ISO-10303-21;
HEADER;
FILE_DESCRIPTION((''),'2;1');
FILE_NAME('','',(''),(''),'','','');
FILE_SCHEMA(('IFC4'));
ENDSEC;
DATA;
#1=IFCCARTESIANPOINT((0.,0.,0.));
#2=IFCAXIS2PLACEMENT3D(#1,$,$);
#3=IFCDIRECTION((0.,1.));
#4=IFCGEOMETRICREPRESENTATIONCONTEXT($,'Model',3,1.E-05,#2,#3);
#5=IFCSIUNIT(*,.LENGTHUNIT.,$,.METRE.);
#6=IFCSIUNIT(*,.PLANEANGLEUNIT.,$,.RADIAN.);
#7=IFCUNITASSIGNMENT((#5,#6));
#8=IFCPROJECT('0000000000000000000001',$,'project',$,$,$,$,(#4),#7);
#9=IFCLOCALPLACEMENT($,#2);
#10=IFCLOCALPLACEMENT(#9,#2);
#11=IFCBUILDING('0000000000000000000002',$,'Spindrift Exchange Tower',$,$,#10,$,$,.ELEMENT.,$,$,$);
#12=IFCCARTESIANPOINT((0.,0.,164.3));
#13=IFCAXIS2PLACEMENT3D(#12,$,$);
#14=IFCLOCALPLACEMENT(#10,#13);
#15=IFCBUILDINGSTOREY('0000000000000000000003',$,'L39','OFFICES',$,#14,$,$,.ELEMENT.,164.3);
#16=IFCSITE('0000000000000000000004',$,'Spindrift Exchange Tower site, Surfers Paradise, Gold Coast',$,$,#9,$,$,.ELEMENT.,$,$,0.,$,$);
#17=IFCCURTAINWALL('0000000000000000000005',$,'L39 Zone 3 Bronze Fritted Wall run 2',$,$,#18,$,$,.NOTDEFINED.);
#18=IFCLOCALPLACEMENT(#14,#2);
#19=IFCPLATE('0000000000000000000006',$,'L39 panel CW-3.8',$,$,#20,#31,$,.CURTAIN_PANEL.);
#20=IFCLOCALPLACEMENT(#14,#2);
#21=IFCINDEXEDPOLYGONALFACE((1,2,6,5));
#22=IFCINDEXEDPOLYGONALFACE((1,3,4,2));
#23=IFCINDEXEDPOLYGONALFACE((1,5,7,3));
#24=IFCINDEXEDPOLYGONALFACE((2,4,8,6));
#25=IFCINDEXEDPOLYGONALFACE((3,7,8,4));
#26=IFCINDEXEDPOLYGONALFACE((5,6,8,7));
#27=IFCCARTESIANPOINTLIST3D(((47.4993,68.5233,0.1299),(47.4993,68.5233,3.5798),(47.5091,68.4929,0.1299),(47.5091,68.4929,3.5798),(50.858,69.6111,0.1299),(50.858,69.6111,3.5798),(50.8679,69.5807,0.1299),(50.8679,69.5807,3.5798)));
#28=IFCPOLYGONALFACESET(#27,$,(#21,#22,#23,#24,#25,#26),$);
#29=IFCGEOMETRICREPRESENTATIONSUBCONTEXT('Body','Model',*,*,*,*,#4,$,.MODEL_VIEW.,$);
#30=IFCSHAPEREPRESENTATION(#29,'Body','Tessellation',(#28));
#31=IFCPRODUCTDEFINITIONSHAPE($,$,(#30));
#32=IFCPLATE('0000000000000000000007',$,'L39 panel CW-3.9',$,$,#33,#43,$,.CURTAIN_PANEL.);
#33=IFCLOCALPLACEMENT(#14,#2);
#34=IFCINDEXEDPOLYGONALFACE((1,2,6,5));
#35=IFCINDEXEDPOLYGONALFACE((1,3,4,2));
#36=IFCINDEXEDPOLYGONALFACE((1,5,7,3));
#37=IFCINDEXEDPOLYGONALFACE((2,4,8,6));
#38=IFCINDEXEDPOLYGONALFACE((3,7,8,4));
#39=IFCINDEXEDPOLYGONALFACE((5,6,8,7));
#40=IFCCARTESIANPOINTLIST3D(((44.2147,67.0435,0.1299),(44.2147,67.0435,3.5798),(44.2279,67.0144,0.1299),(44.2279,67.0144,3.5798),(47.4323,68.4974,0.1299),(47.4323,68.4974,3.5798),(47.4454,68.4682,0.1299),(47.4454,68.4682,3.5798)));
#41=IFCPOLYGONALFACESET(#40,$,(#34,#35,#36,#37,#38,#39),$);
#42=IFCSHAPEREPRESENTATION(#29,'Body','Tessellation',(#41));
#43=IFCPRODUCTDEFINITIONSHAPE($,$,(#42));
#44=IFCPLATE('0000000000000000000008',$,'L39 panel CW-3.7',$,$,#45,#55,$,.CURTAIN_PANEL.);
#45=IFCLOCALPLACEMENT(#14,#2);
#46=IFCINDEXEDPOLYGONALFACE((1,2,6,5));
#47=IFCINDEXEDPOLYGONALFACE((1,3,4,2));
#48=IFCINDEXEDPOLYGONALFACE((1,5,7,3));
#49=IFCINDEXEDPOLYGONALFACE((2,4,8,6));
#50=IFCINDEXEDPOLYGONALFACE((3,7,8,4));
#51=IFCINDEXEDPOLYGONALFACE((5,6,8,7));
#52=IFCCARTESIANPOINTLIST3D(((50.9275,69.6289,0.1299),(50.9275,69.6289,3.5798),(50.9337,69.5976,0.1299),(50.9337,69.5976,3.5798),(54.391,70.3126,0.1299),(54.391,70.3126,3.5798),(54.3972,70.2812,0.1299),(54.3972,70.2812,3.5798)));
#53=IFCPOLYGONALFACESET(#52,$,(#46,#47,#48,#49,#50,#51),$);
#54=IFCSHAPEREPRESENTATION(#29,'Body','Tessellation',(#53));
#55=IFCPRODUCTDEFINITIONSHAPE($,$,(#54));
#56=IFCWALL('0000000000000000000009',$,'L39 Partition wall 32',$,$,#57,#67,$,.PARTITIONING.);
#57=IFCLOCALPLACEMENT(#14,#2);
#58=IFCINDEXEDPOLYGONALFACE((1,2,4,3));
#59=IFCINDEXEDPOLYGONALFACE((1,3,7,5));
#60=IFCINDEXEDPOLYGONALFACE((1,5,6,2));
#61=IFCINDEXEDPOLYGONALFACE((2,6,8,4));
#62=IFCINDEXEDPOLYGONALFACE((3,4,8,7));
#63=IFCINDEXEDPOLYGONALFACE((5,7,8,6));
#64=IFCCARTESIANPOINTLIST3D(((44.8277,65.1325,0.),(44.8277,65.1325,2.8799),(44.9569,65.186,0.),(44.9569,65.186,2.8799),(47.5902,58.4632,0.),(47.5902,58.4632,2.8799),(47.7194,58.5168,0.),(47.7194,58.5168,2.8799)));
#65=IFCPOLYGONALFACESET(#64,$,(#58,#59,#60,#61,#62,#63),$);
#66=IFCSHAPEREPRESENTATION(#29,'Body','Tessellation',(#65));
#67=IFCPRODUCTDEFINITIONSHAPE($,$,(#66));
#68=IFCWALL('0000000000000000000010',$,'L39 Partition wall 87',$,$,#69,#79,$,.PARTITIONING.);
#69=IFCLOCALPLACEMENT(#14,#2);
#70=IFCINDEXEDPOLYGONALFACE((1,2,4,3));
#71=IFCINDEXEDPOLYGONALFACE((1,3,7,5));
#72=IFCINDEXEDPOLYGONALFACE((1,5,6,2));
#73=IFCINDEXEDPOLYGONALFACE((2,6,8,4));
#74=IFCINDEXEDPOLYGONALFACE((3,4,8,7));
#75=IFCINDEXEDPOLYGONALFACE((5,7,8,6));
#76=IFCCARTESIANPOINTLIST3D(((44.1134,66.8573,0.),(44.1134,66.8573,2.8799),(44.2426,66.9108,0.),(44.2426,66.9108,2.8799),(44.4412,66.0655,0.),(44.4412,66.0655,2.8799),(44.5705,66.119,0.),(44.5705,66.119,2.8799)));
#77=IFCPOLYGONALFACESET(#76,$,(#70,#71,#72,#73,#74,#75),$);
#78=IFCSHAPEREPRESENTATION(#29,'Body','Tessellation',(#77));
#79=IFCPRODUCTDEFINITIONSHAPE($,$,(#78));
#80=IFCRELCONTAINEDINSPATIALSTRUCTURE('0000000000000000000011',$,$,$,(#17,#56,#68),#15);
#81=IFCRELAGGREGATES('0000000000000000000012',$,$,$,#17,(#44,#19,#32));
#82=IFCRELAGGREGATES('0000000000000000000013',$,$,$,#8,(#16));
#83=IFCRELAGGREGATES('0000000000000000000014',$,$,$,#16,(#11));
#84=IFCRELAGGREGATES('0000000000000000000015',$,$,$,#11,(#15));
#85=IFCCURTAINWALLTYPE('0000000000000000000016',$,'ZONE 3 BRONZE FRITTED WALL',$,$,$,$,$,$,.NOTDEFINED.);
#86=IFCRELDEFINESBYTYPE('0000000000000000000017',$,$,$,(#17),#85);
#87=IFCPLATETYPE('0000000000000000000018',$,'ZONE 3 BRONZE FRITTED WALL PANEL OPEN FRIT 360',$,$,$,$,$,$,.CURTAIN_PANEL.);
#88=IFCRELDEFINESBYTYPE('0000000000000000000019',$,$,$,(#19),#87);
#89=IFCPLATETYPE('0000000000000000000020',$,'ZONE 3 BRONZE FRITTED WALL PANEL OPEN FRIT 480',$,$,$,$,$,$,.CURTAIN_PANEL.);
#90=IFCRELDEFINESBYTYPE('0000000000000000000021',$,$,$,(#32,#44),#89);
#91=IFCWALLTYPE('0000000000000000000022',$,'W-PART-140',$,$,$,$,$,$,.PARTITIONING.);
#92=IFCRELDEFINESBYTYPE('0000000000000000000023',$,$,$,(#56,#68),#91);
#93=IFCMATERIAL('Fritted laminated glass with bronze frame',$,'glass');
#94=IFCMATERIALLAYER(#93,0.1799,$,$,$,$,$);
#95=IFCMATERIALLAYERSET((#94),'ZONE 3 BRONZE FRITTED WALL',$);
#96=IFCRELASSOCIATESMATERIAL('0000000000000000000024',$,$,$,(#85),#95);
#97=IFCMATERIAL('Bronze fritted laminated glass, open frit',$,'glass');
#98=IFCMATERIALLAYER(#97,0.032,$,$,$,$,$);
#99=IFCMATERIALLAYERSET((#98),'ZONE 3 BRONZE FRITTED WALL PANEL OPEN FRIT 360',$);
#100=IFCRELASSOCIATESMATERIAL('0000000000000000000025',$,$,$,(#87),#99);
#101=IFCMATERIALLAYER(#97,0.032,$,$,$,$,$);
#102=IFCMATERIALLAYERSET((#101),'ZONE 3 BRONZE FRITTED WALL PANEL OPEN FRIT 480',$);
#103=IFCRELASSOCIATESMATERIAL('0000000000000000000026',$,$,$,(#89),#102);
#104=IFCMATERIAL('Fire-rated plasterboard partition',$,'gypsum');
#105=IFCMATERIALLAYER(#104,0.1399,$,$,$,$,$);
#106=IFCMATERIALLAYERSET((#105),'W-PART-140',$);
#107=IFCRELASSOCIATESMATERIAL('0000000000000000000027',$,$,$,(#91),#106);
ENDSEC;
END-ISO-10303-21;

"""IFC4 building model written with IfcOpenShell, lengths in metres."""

from ifc_helpers import new_model, si_unit, direction, frame, frame_2d, origin, origin_2d, place, context, subcontext, project, spatial, rectangle, extrude, source, transform, mapped, material, layer, layer_set, type_object, element, aggregate, save


model = new_model("IFC4")

# Units and contexts
model_context = context("Model", 3, precision=1e-05, world=origin(), true_north=direction((0.0, 1.0)))
body_context = subcontext(model_context, "Body", "Model", "MODEL_VIEW")
ifc_project = project(units=[si_unit("LENGTHUNIT", "METRE"), si_unit("PLANEANGLEUNIT", "RADIAN")], contexts=[model_context])

# Site, building, storey
site_placement = place(None, origin())
site = spatial("IfcSite", under=ifc_project, at=site_placement, Name="Spindrift Exchange Tower site, Surfers Paradise, Gold Coast", CompositionType="ELEMENT", RefElevation=0.0)
building_placement = place(site_placement, origin())
building = spatial("IfcBuilding", under=site, at=building_placement, Name="Spindrift Exchange Tower", CompositionType="ELEMENT")
storey_placement = place(building_placement, frame((0.0, 0.0, 164.3)))
storey = spatial("IfcBuildingStorey", under=building, at=storey_placement, Name="L39", Description="OFFICES", CompositionType="ELEMENT", Elevation=164.3)

# Curtain wall, plates
ifc_material_1 = material(Name="Fritted laminated glass with bronze frame", Category="glass")
ifc_layer_1 = layer(ifc_material_1, 0.1799)
ifc_layer_set_1 = layer_set([ifc_layer_1], Name="ZONE 3 BRONZE FRITTED WALL")
curtain_wall_type = type_object("IfcCurtainWallType", Name="ZONE 3 BRONZE FRITTED WALL", PredefinedType="NOTDEFINED", material=ifc_layer_set_1)
curtain_wall_placement = place(storey_placement, origin())
curtain_wall = element("IfcCurtainWall", 1, at=curtain_wall_placement, inside=storey, type_object=curtain_wall_type, Name="L39 Zone 3 Bronze Fritted Wall run 2", PredefinedType="NOTDEFINED")
ifc_material_2 = material(Name="Bronze fritted laminated glass, open frit", Category="glass")
ifc_layer_2 = layer(ifc_material_2, 0.032)
ifc_layer_set_2 = layer_set([ifc_layer_2], Name="ZONE 3 BRONZE FRITTED WALL PANEL OPEN FRIT 360")
plate_type_1 = type_object("IfcPlateType", Name="ZONE 3 BRONZE FRITTED WALL PANEL OPEN FRIT 360", PredefinedType="CURTAIN_PANEL", material=ifc_layer_set_2)
shared_shape_1 = source(origin(), body_context, "Body", "SweptSolid", [
    extrude(rectangle(XDim=3.5305, YDim=0.032, at=origin_2d()), origin(), (0.0, 0.0, 1.0), 3.45),
])
plate_1_placement = place(storey_placement, frame((49.1836, 69.052, 0.1299), z_axis=(0.0, 0.0, 1.0), x_axis=(-0.951348, -0.308117, 0.0)))
plate_1 = element("IfcPlate", 2, at=plate_1_placement, type_object=plate_type_1, Name="L39 panel CW-3.8", PredefinedType="CURTAIN_PANEL", context=body_context, shape_type="MappedRepresentation", body=[
    mapped(shared_shape_1, transform((0.0, 0.0, 0.0), scale=1.0)),
])
ifc_layer_3 = layer(ifc_material_2, 0.032)
ifc_layer_set_3 = layer_set([ifc_layer_3], Name="ZONE 3 BRONZE FRITTED WALL PANEL OPEN FRIT 480")
plate_type_2 = type_object("IfcPlateType", Name="ZONE 3 BRONZE FRITTED WALL PANEL OPEN FRIT 480", PredefinedType="CURTAIN_PANEL", material=ifc_layer_set_3)
shared_shape_2 = source(origin(), body_context, "Body", "SweptSolid", [
    extrude(rectangle(XDim=3.5308, YDim=0.032, at=origin_2d()), origin(), (0.0, 0.0, 1.0), 3.45),
])
plate_2_placement = place(storey_placement, frame((45.8301, 67.7559, 0.1299), z_axis=(0.0, 0.0, 1.0), x_axis=(-0.91129, -0.411766, 0.0)))
plate_2 = element("IfcPlate", 3, at=plate_2_placement, type_object=plate_type_2, Name="L39 panel CW-3.9", PredefinedType="CURTAIN_PANEL", context=body_context, shape_type="MappedRepresentation", body=[
    mapped(shared_shape_2, transform((0.0, 0.0, 0.0), scale=1.0)),
])
shared_shape_3 = source(origin(), body_context, "Body", "SweptSolid", [
    extrude(rectangle(XDim=3.5303, YDim=0.032, at=origin_2d()), origin(), (0.0, 0.0, 1.0), 3.45),
])
plate_3_placement = place(storey_placement, frame((52.6624, 69.9551, 0.1299), z_axis=(0.0, 0.0, 1.0), x_axis=(-0.98107, -0.193654, 0.0)))
plate_3 = element("IfcPlate", 4, at=plate_3_placement, type_object=plate_type_2, Name="L39 panel CW-3.7", PredefinedType="CURTAIN_PANEL", context=body_context, shape_type="MappedRepresentation", body=[
    mapped(shared_shape_3, transform((0.0, 0.0, 0.0), scale=1.0)),
])
aggregate(curtain_wall, [plate_3, plate_1, plate_2])

# Walls
ifc_material_3 = material(Name="Fire-rated plasterboard partition", Category="gypsum")
ifc_layer_4 = layer(ifc_material_3, 0.1399)
ifc_layer_set_4 = layer_set([ifc_layer_4], Name="W-PART-140")
wall_type = type_object("IfcWallType", Name="W-PART-140", PredefinedType="PARTITIONING", material=ifc_layer_set_4)
wall_1_placement = place(storey_placement, frame((47.6548, 58.49, 0.0), z_axis=(0.0, 0.0, 1.0), x_axis=(-0.382681, 0.92388, 0.0)))
element("IfcWall", 5, at=wall_1_placement, inside=storey, type_object=wall_type, Name="L39 Partition wall 32", PredefinedType="PARTITIONING", context=body_context, shape_type="SweptSolid", body=[
    extrude(rectangle(XDim=7.2188, YDim=0.1399, at=frame_2d((3.6094, 0.0))), origin(), (0.0, 0.0, 1.0), 2.8799),
])
wall_2_placement = place(storey_placement, frame((44.5059, 66.0923, 0.0), z_axis=(0.0, 0.0, 1.0), x_axis=(-0.382612, 0.923909, 0.0)))
element("IfcWall", 6, at=wall_2_placement, inside=storey, type_object=wall_type, Name="L39 Partition wall 87", PredefinedType="PARTITIONING", context=body_context, shape_type="SweptSolid", body=[
    extrude(rectangle(XDim=0.8569, YDim=0.1399, at=frame_2d((0.4285, 0.0))), origin(), (0.0, 0.0, 1.0), 2.8799),
])

save(model, "model.ifc")
